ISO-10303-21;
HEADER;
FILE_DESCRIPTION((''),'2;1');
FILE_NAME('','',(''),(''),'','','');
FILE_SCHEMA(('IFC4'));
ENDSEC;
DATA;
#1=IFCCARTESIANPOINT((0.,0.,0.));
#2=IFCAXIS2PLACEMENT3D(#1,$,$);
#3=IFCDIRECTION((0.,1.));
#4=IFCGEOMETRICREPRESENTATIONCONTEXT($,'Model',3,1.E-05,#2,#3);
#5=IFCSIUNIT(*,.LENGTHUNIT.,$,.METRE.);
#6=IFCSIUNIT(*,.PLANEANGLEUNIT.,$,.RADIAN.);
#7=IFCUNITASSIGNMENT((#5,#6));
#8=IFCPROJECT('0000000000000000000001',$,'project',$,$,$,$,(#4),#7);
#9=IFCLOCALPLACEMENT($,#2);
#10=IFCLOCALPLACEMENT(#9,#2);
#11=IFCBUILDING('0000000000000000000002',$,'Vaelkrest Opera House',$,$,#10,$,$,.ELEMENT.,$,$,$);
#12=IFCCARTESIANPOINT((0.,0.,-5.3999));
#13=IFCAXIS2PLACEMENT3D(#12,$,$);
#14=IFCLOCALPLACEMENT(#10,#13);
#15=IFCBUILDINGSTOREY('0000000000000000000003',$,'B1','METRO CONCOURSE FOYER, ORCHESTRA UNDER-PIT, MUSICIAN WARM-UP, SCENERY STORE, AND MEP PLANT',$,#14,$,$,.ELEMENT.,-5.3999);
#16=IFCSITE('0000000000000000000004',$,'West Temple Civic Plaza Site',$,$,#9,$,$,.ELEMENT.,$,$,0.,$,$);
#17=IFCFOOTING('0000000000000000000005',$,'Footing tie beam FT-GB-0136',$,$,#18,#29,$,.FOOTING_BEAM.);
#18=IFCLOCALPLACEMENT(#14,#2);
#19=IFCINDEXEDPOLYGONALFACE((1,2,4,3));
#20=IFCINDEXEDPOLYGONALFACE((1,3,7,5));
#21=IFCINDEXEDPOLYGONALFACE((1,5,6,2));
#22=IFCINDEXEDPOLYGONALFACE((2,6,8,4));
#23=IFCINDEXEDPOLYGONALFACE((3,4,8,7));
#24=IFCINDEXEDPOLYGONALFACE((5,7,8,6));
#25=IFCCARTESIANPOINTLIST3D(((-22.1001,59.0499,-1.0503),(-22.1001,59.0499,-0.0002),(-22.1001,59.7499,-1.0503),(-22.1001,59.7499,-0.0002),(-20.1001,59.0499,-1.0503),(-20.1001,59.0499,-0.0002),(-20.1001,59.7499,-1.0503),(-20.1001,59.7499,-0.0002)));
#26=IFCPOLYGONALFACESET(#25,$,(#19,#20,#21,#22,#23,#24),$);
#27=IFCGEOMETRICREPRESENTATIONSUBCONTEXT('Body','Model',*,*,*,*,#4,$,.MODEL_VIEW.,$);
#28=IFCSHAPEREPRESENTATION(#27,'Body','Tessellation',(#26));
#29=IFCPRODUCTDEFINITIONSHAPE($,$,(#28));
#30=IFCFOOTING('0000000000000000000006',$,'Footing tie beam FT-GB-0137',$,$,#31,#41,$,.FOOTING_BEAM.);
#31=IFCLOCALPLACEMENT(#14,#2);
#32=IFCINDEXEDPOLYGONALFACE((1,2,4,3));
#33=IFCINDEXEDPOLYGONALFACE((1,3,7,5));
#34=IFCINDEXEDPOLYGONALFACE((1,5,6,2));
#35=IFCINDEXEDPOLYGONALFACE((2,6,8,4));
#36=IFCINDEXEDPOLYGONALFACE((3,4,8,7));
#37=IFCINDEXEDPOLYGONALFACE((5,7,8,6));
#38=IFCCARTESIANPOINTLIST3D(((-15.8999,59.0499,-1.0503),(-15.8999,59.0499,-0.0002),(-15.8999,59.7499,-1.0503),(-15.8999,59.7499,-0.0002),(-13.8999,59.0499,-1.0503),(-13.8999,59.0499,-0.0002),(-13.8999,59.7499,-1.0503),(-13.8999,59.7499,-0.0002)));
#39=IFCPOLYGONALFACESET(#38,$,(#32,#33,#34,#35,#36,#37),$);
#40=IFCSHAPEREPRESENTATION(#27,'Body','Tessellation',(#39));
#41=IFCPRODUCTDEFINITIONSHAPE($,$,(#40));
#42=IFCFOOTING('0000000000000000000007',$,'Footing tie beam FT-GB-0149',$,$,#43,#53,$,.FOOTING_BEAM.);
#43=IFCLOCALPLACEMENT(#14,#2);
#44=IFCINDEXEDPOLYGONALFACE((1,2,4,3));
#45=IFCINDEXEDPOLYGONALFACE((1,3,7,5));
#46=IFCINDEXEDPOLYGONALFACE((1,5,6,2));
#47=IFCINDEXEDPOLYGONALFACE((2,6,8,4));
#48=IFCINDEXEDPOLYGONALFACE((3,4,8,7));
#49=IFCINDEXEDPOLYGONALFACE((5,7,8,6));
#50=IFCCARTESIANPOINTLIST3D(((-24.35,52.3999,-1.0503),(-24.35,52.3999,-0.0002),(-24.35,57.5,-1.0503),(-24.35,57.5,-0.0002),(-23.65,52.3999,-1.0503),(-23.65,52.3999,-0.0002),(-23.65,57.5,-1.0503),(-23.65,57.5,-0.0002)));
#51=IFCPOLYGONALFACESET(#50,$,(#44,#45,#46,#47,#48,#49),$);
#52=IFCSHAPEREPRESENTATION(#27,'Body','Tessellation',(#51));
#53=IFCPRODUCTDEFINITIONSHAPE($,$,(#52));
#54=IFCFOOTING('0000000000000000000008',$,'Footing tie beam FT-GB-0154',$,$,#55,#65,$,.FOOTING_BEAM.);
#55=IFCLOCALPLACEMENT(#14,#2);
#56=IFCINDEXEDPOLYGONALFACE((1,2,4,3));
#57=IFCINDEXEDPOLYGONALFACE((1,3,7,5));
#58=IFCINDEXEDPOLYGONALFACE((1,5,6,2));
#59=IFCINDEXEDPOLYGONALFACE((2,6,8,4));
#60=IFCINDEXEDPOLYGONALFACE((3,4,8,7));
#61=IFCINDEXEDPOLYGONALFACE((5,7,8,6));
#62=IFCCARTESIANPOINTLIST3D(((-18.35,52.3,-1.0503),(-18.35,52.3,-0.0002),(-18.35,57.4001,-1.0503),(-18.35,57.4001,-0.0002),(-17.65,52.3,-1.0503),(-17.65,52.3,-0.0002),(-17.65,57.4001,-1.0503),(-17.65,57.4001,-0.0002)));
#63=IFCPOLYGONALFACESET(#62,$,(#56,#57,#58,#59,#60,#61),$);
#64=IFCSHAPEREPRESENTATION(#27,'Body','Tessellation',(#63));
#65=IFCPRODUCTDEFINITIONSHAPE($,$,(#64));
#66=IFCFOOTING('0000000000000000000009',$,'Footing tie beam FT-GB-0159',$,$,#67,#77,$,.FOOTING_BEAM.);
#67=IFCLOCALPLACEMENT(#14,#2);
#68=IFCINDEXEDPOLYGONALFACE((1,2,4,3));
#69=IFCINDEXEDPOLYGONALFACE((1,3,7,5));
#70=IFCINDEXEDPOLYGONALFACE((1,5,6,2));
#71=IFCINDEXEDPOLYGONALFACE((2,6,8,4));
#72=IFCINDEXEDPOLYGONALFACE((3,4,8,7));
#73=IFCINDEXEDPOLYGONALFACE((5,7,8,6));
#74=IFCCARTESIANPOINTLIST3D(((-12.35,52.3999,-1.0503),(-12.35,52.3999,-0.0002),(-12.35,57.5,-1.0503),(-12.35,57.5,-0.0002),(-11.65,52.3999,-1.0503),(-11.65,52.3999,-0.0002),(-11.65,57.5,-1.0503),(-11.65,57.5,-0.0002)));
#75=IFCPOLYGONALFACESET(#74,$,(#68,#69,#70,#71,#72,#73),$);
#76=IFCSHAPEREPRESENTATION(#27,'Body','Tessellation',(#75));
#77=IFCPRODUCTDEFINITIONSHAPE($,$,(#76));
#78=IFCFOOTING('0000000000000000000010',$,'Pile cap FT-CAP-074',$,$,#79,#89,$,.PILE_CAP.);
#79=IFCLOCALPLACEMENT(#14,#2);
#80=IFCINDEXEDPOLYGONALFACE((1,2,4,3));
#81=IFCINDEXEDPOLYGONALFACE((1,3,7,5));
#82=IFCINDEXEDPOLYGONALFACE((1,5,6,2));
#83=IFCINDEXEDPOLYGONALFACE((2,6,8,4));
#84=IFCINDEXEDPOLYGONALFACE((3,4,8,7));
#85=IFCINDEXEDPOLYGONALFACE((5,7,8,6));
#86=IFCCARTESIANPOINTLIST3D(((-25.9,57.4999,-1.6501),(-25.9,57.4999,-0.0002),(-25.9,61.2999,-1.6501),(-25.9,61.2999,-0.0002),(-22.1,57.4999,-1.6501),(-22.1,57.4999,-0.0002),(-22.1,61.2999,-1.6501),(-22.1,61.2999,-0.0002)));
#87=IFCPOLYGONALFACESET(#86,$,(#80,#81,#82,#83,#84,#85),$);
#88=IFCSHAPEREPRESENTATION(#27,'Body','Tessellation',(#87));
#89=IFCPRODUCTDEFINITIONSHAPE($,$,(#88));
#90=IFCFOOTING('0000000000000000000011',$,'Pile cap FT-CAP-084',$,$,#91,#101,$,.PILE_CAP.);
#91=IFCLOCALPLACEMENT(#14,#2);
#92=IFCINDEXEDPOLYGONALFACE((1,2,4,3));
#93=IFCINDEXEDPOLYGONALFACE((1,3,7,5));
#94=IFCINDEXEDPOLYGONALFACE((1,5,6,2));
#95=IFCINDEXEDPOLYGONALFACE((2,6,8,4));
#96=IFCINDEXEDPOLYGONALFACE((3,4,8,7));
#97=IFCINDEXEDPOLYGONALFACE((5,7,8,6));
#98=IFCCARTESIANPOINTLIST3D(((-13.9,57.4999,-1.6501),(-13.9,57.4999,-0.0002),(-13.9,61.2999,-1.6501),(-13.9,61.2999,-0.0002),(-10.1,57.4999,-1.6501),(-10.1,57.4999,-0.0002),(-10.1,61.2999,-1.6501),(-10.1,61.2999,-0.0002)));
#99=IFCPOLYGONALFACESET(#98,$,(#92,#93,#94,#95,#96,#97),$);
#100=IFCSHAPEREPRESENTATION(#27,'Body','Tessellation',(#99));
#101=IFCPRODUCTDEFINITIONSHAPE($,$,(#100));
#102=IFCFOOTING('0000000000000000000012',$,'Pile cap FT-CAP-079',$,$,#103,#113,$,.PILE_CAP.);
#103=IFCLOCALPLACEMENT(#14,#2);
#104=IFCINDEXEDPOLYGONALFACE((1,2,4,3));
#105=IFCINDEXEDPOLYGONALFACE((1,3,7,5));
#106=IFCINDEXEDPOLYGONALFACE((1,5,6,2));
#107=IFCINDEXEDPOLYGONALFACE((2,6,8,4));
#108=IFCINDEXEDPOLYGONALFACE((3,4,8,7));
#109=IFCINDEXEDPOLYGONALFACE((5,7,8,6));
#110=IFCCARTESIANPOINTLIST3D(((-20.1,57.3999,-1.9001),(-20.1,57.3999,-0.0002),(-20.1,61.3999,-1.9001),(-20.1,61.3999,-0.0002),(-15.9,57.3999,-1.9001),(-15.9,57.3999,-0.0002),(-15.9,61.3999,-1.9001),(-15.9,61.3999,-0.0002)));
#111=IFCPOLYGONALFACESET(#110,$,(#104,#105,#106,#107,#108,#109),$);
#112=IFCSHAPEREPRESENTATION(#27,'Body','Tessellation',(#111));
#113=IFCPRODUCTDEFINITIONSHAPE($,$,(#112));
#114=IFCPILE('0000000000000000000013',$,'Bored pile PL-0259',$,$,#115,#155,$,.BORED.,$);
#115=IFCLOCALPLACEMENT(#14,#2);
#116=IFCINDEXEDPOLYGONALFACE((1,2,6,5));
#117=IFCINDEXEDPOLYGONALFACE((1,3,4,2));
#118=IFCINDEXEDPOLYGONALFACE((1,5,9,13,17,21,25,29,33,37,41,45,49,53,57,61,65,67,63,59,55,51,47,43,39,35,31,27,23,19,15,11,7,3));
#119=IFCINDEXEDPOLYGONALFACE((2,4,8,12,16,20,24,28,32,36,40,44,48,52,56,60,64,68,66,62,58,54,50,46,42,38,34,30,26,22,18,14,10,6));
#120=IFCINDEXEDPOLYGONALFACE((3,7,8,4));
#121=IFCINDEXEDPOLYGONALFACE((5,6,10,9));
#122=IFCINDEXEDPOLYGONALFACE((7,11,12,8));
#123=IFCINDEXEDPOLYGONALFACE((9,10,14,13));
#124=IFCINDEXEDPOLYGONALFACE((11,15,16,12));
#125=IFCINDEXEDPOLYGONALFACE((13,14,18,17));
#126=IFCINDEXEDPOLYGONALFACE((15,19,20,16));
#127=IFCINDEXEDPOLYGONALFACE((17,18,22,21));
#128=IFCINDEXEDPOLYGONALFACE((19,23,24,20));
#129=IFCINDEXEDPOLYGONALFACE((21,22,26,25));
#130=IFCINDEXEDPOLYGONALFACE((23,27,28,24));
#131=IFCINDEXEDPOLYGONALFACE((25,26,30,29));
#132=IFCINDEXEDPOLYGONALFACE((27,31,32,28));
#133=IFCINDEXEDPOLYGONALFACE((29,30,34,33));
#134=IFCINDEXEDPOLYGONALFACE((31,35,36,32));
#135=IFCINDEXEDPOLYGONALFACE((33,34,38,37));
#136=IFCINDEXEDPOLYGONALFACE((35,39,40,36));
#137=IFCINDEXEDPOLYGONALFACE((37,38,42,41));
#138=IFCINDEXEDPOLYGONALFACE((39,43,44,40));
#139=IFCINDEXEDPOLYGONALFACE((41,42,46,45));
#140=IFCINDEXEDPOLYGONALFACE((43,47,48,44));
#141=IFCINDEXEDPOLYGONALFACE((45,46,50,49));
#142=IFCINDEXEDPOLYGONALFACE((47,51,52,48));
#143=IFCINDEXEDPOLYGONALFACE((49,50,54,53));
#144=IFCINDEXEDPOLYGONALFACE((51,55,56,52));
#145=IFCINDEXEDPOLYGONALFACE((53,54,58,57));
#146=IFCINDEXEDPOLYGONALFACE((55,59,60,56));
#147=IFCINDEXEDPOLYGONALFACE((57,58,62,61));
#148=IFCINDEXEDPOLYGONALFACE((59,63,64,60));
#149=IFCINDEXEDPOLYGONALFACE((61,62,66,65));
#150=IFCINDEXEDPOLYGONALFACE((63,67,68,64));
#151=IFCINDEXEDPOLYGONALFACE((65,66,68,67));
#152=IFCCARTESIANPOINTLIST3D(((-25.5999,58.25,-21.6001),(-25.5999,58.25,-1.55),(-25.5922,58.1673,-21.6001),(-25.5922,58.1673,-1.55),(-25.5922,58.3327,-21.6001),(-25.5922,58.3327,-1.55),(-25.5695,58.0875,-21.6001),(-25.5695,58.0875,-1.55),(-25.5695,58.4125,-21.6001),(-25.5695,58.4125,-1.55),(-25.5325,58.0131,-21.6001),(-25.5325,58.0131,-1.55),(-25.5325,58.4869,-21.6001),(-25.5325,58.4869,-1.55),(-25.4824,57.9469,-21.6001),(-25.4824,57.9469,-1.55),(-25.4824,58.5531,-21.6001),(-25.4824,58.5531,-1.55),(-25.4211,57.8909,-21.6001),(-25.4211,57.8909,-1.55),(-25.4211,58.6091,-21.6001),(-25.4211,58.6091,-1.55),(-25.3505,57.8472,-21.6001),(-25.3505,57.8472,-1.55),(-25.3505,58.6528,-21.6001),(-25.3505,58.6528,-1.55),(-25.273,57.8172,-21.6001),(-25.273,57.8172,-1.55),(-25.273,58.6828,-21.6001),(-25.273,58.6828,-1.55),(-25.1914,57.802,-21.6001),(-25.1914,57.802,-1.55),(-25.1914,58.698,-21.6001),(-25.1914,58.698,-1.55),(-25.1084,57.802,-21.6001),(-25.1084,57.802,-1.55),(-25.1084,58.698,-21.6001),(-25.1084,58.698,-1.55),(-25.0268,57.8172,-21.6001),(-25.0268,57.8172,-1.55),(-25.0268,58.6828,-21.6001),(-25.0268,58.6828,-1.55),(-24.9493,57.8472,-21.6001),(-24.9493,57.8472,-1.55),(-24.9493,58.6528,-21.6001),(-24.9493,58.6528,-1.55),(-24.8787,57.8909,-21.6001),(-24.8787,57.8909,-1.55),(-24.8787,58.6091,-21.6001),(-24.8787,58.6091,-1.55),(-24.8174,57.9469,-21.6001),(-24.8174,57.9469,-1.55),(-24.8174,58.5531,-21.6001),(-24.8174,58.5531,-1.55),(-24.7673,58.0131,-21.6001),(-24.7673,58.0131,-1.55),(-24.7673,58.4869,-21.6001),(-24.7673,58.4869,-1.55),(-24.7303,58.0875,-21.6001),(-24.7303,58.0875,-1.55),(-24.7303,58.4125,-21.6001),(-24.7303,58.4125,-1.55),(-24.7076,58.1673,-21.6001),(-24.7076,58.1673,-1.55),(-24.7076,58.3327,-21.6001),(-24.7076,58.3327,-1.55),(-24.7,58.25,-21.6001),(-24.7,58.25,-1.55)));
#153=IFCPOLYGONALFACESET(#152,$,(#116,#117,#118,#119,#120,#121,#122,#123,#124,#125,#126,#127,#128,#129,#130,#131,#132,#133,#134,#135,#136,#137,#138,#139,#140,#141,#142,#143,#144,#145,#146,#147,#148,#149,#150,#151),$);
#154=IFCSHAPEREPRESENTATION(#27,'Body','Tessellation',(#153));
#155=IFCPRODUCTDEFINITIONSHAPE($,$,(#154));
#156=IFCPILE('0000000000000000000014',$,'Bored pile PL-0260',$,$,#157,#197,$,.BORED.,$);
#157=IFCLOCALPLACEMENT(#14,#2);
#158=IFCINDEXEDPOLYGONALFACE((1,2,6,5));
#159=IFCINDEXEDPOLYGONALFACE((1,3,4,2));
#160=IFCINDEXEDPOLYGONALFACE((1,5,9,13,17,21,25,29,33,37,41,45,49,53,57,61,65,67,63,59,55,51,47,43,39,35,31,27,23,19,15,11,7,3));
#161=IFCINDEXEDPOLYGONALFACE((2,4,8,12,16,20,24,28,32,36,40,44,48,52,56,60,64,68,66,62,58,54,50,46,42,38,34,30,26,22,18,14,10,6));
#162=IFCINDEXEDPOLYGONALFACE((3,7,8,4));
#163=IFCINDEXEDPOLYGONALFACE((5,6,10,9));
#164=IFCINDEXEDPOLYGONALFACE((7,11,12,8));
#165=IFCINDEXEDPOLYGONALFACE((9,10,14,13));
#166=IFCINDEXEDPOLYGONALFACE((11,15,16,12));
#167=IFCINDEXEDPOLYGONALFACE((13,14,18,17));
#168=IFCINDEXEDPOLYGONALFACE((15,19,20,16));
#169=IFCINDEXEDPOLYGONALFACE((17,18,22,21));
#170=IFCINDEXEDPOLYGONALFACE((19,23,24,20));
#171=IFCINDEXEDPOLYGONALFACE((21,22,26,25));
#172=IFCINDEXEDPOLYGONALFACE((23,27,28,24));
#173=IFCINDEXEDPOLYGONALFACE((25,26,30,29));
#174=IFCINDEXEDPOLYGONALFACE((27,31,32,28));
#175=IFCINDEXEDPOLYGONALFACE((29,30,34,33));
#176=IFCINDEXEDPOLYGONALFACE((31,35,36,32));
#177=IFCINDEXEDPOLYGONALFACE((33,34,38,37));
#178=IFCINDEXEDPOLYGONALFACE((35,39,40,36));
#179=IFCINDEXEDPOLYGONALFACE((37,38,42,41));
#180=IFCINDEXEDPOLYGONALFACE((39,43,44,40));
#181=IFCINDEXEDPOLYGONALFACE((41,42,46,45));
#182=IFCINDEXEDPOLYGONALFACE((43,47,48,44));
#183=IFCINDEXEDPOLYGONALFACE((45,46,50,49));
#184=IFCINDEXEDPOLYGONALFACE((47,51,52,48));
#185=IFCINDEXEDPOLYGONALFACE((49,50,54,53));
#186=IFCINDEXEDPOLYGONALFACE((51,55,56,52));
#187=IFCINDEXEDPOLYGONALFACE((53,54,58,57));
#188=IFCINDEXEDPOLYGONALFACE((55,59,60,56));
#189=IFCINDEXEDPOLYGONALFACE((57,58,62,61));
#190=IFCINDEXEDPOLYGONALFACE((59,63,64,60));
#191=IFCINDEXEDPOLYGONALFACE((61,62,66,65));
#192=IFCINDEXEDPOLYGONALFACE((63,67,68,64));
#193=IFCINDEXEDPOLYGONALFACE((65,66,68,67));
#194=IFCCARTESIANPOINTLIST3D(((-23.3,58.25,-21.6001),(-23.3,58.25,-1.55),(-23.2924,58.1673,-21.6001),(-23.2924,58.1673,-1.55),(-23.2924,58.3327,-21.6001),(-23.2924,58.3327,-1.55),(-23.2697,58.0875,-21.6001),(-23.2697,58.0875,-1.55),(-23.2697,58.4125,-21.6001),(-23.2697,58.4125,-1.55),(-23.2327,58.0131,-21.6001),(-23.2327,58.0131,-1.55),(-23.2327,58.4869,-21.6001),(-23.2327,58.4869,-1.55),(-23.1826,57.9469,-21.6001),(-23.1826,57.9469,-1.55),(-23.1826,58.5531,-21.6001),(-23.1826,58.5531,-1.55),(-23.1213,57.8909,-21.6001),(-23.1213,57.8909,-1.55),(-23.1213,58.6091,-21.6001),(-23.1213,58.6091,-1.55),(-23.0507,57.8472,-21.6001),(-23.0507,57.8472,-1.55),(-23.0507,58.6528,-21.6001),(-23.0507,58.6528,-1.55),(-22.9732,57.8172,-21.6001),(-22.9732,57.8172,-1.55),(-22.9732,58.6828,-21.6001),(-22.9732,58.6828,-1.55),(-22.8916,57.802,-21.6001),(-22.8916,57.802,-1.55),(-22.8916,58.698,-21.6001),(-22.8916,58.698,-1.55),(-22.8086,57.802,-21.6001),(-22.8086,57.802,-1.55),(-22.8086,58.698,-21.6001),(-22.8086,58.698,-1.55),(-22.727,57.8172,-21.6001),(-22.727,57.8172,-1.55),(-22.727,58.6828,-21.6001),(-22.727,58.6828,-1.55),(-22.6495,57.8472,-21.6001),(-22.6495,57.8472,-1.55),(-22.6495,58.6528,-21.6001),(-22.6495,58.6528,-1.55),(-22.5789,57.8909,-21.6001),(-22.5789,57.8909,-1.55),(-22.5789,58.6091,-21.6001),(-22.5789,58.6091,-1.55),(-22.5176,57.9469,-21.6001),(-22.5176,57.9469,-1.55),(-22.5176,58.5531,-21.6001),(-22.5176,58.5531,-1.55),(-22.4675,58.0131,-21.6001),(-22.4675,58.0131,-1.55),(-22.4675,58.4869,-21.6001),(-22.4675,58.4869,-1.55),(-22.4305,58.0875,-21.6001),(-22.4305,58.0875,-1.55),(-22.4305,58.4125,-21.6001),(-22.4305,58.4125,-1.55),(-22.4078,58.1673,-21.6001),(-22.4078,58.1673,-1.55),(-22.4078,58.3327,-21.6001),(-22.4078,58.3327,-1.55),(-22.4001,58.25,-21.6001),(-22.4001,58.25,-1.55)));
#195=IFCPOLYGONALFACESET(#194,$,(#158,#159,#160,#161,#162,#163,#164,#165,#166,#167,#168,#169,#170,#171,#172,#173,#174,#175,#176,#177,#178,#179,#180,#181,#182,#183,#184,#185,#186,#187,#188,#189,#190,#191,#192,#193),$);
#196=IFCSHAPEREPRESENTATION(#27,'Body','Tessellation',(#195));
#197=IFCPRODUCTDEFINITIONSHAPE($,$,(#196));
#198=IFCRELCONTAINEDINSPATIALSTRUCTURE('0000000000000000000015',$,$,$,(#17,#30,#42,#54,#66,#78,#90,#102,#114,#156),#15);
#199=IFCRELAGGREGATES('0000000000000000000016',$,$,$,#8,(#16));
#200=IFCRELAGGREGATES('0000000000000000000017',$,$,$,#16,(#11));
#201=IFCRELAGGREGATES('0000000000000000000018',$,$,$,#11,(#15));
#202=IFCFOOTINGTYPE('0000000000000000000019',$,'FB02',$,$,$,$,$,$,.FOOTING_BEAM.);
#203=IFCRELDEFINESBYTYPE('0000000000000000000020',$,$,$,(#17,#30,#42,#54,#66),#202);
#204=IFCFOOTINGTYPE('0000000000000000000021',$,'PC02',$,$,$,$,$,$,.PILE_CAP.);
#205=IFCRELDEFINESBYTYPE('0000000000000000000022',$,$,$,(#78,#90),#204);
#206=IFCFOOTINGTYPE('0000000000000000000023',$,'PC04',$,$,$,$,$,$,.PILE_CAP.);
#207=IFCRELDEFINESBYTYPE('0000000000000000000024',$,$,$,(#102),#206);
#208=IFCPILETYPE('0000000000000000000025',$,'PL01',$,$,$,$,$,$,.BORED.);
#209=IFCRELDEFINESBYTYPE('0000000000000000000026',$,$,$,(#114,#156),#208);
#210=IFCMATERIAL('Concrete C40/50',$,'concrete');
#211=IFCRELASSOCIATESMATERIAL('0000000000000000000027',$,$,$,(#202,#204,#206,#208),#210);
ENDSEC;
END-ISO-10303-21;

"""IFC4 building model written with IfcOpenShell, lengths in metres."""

from ifc_helpers import new_model, si_unit, direction, frame, origin, origin_2d, place, context, subcontext, project, spatial, rectangle, circle, extrude, material, material_profile, profile_set, type_object, element, save


model = new_model("IFC4")

# Units and contexts
model_context = context("Model", 3, precision=1e-05, world=origin(), true_north=direction((0.0, 1.0)))
body_context = subcontext(model_context, "Body", "Model", "MODEL_VIEW")
ifc_project = project(units=[si_unit("LENGTHUNIT", "METRE"), si_unit("PLANEANGLEUNIT", "RADIAN")], contexts=[model_context])

# Site, building, storey
site_placement = place(None, origin())
site = spatial("IfcSite", under=ifc_project, at=site_placement, Name="West Temple Civic Plaza Site", CompositionType="ELEMENT", RefElevation=0.0)
building_placement = place(site_placement, origin())
building = spatial("IfcBuilding", under=site, at=building_placement, Name="Vaelkrest Opera House", CompositionType="ELEMENT")
storey_placement = place(building_placement, frame((0.0, 0.0, -5.3999)))
storey = spatial("IfcBuildingStorey", under=building, at=storey_placement, Name="B1", Description="METRO CONCOURSE FOYER, ORCHESTRA UNDER-PIT, MUSICIAN WARM-UP, SCENERY STORE, AND MEP PLANT", CompositionType="ELEMENT", Elevation=-5.3999)

# Footings
ifc_material_1 = material(Name="Concrete C40/50", Category="concrete")
footing_type_1 = type_object("IfcFootingType", Name="FB02", PredefinedType="FOOTING_BEAM", material=ifc_material_1)
for number, where, z_axis, x_axis, name in (
    (1, (-21.1001, 59.3999, -1.0503), (0.0, 0.0, 1.0), (1.0, 0.0, 0.0), "Footing tie beam FT-GB-0136"),
    (2, (-14.8999, 59.3999, -1.0503), (0.0, 0.0, 1.0), (1.0, 0.0, 0.0), "Footing tie beam FT-GB-0137"),
):
    element("IfcFooting", number, at=place(storey_placement, frame(where, z_axis=z_axis, x_axis=x_axis)), inside=storey, type_object=footing_type_1, Name=name, PredefinedType="FOOTING_BEAM", context=body_context, shape_type="SweptSolid", body=[
        extrude(rectangle(XDim=2.0, YDim=0.7, at=origin_2d()), origin(), (0.0, 0.0, 1.0), 1.05),
    ])
for number, where, z_axis, x_axis, name in (
    (3, (-24.0, 54.95, -1.0503), (0.0, 0.0, 1.0), (0.0, 1.0, 0.0), "Footing tie beam FT-GB-0149"),
    (4, (-18.0, 54.8501, -1.0503), (0.0, 0.0, 1.0), (0.0, 1.0, 0.0), "Footing tie beam FT-GB-0154"),
    (5, (-12.0, 54.95, -1.0503), (0.0, 0.0, 1.0), (0.0, 1.0, 0.0), "Footing tie beam FT-GB-0159"),
):
    element("IfcFooting", number, at=place(storey_placement, frame(where, z_axis=z_axis, x_axis=x_axis)), inside=storey, type_object=footing_type_1, Name=name, PredefinedType="FOOTING_BEAM", context=body_context, shape_type="SweptSolid", body=[
        extrude(rectangle(XDim=5.1001, YDim=0.7, at=origin_2d()), origin(), (0.0, 0.0, 1.0), 1.05),
    ])
footing_type_2 = type_object("IfcFootingType", Name="PC02", PredefinedType="PILE_CAP", material=ifc_material_1)
for number, where, z_axis, x_axis, name in (
    (6, (-24.0, 59.3999, -1.6501), (0.0, 0.0, 1.0), (1.0, 0.0, 0.0), "Pile cap FT-CAP-074"),
    (7, (-12.0, 59.3999, -1.6501), (0.0, 0.0, 1.0), (1.0, 0.0, 0.0), "Pile cap FT-CAP-084"),
):
    element("IfcFooting", number, at=place(storey_placement, frame(where, z_axis=z_axis, x_axis=x_axis)), inside=storey, type_object=footing_type_2, Name=name, PredefinedType="PILE_CAP", context=body_context, shape_type="SweptSolid", body=[
        extrude(rectangle(XDim=3.8, YDim=3.8, at=origin_2d()), origin(), (0.0, 0.0, 1.0), 1.6499),
    ])
footing_type_3 = type_object("IfcFootingType", Name="PC04", PredefinedType="PILE_CAP", material=ifc_material_1)
footing_placement = place(storey_placement, frame((-18.0, 59.3999, -1.9001), z_axis=(0.0, 0.0, 1.0), x_axis=(1.0, 0.0, 0.0)))
element("IfcFooting", 8, at=footing_placement, inside=storey, type_object=footing_type_3, Name="Pile cap FT-CAP-079", PredefinedType="PILE_CAP", context=body_context, shape_type="SweptSolid", body=[
    extrude(rectangle(XDim=4.2, YDim=4.0, at=origin_2d()), origin(), (0.0, 0.0, 1.0), 1.8999),
])

# Piles
ifc_material_profile_1 = material_profile(ifc_material_1, circle(Radius=0.45, at=origin_2d()), Name="PILE900")
ifc_profile_set_1 = profile_set([ifc_material_profile_1], Name="Concrete C40/50")
pile_type = type_object("IfcPileType", Name="PL01", PredefinedType="BORED", material=ifc_profile_set_1)
for number, where, z_axis, x_axis, name in (
    (9, (-25.1499, 58.25, -1.55), (0.0, 0.0, -1.0), (1.0, 0.0, 0.0), "Bored pile PL-0259"),
    (10, (-22.8501, 58.25, -1.55), (0.0, 0.0, -1.0), (1.0, 0.0, 0.0), "Bored pile PL-0260"),
):
    element("IfcPile", number, at=place(storey_placement, frame(where, z_axis=z_axis, x_axis=x_axis)), inside=storey, type_object=pile_type, Name=name, PredefinedType="BORED", context=body_context, shape_type="SweptSolid", body=[
        extrude(circle(Radius=0.45, at=origin_2d()), origin(), (0.0, 0.0, 1.0), 20.05),
    ])

save(model, "model.ifc")
